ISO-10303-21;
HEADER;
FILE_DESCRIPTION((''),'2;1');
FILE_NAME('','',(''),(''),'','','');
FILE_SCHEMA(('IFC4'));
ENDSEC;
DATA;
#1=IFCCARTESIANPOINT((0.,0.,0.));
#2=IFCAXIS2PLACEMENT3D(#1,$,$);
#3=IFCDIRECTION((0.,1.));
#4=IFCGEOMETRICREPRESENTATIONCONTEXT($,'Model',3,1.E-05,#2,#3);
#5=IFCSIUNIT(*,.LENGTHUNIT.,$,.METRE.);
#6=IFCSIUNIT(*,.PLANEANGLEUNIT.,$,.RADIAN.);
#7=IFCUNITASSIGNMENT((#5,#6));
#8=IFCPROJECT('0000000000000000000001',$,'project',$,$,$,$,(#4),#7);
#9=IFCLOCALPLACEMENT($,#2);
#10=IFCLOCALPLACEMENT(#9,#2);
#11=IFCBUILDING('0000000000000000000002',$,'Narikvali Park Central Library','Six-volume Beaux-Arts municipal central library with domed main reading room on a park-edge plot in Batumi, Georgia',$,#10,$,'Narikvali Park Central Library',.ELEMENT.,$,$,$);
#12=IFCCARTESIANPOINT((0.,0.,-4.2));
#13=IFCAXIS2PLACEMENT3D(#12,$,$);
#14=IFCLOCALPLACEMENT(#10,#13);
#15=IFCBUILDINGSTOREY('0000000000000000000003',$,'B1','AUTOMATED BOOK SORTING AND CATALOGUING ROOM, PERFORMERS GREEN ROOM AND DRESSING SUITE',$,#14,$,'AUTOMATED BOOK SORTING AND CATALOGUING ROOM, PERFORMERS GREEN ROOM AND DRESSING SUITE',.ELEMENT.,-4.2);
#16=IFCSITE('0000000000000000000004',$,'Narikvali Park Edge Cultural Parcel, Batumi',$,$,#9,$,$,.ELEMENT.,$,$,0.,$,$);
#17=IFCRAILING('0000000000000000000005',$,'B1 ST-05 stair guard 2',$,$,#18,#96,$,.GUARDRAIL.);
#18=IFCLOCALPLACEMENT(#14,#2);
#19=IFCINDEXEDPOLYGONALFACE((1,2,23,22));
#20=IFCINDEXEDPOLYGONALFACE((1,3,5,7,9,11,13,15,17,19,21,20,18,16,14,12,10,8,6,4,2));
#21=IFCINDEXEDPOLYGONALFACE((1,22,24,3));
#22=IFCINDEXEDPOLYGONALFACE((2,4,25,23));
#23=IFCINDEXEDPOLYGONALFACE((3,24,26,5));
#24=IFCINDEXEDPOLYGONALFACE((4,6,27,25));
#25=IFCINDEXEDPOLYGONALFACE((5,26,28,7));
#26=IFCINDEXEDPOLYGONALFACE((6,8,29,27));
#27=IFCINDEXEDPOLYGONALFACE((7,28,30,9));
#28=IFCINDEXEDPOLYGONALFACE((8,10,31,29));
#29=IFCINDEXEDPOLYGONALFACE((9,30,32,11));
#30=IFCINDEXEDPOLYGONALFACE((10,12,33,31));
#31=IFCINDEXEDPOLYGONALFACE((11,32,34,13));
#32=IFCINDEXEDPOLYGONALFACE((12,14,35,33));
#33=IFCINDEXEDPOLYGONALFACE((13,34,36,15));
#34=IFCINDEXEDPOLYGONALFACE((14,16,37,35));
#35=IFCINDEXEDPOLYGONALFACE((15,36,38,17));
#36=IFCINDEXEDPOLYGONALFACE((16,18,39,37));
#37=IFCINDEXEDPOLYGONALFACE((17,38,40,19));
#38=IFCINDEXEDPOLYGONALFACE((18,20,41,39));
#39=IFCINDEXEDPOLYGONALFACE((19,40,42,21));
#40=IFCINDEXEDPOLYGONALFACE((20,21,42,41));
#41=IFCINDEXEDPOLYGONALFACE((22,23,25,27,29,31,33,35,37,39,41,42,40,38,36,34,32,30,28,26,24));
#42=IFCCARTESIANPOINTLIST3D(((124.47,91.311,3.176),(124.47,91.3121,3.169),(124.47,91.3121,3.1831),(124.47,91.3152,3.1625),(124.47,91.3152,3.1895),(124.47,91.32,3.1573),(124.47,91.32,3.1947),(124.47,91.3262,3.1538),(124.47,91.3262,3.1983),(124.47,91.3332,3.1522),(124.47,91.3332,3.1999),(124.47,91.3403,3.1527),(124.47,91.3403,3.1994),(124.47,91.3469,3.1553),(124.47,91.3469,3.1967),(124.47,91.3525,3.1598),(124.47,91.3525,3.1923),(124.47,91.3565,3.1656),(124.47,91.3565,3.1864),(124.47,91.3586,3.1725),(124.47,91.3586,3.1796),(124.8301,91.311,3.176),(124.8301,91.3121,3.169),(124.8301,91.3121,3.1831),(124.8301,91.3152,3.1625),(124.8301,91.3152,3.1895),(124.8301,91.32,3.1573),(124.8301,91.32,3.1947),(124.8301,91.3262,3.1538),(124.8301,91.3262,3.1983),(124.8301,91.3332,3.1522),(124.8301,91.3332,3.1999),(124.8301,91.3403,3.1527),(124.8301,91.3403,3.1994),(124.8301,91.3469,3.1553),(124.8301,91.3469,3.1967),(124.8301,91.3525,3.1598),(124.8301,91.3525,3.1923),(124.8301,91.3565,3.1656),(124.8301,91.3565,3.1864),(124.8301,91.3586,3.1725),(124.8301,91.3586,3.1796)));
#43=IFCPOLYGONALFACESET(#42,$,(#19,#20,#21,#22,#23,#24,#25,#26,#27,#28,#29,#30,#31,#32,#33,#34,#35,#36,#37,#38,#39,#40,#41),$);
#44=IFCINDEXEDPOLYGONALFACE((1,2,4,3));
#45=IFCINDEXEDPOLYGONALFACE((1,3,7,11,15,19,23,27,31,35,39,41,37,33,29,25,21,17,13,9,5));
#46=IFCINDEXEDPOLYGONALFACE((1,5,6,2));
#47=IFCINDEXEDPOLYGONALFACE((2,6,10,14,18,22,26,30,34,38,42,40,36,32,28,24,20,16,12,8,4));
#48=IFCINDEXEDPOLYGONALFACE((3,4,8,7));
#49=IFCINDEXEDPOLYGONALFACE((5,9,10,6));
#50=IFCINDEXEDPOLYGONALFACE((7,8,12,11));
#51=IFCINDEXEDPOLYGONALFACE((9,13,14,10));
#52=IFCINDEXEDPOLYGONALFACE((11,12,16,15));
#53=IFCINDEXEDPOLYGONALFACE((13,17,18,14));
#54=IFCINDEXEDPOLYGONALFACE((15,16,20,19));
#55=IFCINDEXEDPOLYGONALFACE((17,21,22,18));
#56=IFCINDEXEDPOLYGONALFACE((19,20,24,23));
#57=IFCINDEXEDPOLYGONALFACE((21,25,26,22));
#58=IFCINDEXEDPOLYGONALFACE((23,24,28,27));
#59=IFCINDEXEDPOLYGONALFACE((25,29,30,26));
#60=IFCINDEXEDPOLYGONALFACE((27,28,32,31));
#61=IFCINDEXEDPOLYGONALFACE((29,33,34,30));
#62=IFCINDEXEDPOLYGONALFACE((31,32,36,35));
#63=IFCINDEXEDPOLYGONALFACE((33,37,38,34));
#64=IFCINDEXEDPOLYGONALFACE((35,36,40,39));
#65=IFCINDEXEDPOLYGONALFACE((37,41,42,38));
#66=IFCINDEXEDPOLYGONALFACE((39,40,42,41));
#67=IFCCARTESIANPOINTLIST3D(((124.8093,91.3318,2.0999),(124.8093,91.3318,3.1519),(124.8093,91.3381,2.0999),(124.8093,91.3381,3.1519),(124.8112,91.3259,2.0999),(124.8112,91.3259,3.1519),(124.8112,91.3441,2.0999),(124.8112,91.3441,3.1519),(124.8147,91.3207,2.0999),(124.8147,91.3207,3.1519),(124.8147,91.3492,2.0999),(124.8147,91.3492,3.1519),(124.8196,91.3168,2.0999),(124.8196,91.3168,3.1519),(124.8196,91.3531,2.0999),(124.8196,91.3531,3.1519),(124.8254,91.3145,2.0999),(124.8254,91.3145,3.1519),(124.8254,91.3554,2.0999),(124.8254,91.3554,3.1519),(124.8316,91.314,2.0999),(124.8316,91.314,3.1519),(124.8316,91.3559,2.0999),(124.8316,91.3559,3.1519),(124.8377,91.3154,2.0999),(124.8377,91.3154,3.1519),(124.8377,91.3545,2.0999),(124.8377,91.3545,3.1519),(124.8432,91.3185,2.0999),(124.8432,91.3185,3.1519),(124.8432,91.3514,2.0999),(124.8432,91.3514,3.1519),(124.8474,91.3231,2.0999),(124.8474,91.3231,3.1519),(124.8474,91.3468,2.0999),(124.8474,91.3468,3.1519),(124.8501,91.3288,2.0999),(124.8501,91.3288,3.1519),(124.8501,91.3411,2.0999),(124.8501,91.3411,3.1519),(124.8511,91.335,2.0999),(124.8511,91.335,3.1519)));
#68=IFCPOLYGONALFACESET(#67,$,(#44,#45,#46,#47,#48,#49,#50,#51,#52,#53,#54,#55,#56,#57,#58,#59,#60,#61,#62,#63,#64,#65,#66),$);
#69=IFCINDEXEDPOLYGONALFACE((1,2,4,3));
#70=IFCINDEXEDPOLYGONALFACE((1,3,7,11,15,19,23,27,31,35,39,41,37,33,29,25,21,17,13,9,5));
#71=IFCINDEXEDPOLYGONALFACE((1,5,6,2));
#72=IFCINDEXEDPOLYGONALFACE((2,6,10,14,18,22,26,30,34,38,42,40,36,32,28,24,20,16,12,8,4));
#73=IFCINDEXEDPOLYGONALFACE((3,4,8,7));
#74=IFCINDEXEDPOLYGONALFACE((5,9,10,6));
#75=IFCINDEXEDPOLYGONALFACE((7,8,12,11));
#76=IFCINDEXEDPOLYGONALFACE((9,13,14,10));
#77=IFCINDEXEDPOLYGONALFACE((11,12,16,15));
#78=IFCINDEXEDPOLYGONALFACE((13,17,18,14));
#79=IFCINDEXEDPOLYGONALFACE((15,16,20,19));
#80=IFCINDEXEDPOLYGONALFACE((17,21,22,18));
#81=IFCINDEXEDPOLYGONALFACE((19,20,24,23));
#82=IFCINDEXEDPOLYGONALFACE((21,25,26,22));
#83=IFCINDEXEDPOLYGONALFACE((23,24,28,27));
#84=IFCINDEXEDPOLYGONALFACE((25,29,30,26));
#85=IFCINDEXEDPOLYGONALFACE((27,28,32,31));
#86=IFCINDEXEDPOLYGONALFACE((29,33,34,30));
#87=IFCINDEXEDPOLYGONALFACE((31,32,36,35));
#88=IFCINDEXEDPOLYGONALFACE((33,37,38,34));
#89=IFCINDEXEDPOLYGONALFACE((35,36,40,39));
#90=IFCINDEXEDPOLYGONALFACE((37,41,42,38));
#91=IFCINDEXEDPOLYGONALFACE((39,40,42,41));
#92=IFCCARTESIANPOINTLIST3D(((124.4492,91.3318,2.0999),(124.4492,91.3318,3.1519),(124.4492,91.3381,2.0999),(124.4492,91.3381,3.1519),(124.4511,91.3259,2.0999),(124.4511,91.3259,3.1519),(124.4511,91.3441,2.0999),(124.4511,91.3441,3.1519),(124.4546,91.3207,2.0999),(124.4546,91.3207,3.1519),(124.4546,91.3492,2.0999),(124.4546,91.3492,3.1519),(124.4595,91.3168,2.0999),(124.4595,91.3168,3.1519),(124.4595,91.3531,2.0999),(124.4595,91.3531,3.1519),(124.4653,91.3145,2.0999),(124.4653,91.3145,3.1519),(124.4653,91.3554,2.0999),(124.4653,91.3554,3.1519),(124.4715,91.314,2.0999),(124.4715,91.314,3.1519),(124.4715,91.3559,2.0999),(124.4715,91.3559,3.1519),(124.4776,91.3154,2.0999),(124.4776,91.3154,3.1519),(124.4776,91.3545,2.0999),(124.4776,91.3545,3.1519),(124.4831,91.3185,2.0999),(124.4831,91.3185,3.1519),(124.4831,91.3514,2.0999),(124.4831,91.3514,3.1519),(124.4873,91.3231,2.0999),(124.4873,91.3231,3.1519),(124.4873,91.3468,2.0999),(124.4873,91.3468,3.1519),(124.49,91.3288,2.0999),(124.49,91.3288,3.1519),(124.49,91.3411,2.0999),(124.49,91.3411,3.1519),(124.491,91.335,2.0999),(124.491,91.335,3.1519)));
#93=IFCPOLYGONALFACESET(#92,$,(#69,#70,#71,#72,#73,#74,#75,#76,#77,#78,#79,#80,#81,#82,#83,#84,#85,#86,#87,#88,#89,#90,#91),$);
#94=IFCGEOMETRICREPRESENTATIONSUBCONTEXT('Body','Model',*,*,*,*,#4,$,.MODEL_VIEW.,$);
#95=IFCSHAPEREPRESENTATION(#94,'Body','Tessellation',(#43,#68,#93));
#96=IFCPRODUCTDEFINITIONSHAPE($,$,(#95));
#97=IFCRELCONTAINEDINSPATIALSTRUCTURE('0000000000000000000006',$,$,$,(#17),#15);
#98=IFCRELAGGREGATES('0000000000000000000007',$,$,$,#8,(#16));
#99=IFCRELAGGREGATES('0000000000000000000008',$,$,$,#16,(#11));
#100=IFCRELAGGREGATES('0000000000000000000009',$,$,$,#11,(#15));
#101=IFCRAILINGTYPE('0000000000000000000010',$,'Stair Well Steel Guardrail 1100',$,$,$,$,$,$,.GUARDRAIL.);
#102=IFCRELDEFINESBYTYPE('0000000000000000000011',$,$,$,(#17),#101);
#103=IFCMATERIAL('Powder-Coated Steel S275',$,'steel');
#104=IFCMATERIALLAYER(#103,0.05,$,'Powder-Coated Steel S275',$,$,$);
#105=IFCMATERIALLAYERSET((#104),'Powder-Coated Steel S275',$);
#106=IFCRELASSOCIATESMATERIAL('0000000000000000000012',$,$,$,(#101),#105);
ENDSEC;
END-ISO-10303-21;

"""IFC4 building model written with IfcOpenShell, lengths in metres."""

from ifc_helpers import new_model, si_unit, direction, frame, origin, origin_2d, place, context, subcontext, project, spatial, circle, extrude, material, layer, layer_set, type_object, element, save


model = new_model("IFC4")

# Units and contexts
model_context = context("Model", 3, precision=1e-05, world=origin(), true_north=direction((0.0, 1.0)))
body_context = subcontext(model_context, "Body", "Model", "MODEL_VIEW")
ifc_project = project(units=[si_unit("LENGTHUNIT", "METRE"), si_unit("PLANEANGLEUNIT", "RADIAN")], contexts=[model_context])

# Site, building, storey
site_placement = place(None, origin())
site = spatial("IfcSite", under=ifc_project, at=site_placement, Name="Narikvali Park Edge Cultural Parcel, Batumi", CompositionType="ELEMENT", RefElevation=0.0)
building_placement = place(site_placement, origin())
building = spatial("IfcBuilding", under=site, at=building_placement, Name="Narikvali Park Central Library", Description="Six-volume Beaux-Arts municipal central library with domed main reading room on a park-edge plot in Batumi, Georgia", LongName="Narikvali Park Central Library", CompositionType="ELEMENT")
storey_placement = place(building_placement, frame((0.0, 0.0, -4.2)))
storey = spatial("IfcBuildingStorey", under=building, at=storey_placement, Name="B1", Description="AUTOMATED BOOK SORTING AND CATALOGUING ROOM, PERFORMERS GREEN ROOM AND DRESSING SUITE", LongName="AUTOMATED BOOK SORTING AND CATALOGUING ROOM, PERFORMERS GREEN ROOM AND DRESSING SUITE", CompositionType="ELEMENT", Elevation=-4.2)

# Railing
ifc_material_1 = material(Name="Powder-Coated Steel S275", Category="steel")
ifc_layer_1 = layer(ifc_material_1, 0.05, Name="Powder-Coated Steel S275")
ifc_layer_set_1 = layer_set([ifc_layer_1], Name="Powder-Coated Steel S275")
railing_type_1 = type_object("IfcRailingType", Name="Stair Well Steel Guardrail 1100", PredefinedType="GUARDRAIL", material=ifc_layer_set_1)
railing_1_placement = place(storey_placement, frame((124.8301, 91.335, 2.0999)))
element("IfcRailing", 1, at=railing_1_placement, inside=storey, type_object=railing_type_1, Name="B1 ST-05 stair guard 2", PredefinedType="GUARDRAIL", context=body_context, shape_type="SweptSolid", body=[
    extrude(circle(Radius=0.0239, at=origin_2d()), frame((0.0, 0.0, 1.0762), z_axis=(-1.0, 0.0, 0.0), x_axis=(0.0, -1.0, 0.0)), (0.0, 0.0, 1.0), 0.3601),
    extrude(circle(Radius=0.021, at=origin_2d()), origin(), (0.0, 0.0, 1.0), 1.052),
    extrude(circle(Radius=0.021, at=origin_2d()), frame((-0.3601, 0.0, 0.0)), (0.0, 0.0, 1.0), 1.052),
])

save(model, "model.ifc")
